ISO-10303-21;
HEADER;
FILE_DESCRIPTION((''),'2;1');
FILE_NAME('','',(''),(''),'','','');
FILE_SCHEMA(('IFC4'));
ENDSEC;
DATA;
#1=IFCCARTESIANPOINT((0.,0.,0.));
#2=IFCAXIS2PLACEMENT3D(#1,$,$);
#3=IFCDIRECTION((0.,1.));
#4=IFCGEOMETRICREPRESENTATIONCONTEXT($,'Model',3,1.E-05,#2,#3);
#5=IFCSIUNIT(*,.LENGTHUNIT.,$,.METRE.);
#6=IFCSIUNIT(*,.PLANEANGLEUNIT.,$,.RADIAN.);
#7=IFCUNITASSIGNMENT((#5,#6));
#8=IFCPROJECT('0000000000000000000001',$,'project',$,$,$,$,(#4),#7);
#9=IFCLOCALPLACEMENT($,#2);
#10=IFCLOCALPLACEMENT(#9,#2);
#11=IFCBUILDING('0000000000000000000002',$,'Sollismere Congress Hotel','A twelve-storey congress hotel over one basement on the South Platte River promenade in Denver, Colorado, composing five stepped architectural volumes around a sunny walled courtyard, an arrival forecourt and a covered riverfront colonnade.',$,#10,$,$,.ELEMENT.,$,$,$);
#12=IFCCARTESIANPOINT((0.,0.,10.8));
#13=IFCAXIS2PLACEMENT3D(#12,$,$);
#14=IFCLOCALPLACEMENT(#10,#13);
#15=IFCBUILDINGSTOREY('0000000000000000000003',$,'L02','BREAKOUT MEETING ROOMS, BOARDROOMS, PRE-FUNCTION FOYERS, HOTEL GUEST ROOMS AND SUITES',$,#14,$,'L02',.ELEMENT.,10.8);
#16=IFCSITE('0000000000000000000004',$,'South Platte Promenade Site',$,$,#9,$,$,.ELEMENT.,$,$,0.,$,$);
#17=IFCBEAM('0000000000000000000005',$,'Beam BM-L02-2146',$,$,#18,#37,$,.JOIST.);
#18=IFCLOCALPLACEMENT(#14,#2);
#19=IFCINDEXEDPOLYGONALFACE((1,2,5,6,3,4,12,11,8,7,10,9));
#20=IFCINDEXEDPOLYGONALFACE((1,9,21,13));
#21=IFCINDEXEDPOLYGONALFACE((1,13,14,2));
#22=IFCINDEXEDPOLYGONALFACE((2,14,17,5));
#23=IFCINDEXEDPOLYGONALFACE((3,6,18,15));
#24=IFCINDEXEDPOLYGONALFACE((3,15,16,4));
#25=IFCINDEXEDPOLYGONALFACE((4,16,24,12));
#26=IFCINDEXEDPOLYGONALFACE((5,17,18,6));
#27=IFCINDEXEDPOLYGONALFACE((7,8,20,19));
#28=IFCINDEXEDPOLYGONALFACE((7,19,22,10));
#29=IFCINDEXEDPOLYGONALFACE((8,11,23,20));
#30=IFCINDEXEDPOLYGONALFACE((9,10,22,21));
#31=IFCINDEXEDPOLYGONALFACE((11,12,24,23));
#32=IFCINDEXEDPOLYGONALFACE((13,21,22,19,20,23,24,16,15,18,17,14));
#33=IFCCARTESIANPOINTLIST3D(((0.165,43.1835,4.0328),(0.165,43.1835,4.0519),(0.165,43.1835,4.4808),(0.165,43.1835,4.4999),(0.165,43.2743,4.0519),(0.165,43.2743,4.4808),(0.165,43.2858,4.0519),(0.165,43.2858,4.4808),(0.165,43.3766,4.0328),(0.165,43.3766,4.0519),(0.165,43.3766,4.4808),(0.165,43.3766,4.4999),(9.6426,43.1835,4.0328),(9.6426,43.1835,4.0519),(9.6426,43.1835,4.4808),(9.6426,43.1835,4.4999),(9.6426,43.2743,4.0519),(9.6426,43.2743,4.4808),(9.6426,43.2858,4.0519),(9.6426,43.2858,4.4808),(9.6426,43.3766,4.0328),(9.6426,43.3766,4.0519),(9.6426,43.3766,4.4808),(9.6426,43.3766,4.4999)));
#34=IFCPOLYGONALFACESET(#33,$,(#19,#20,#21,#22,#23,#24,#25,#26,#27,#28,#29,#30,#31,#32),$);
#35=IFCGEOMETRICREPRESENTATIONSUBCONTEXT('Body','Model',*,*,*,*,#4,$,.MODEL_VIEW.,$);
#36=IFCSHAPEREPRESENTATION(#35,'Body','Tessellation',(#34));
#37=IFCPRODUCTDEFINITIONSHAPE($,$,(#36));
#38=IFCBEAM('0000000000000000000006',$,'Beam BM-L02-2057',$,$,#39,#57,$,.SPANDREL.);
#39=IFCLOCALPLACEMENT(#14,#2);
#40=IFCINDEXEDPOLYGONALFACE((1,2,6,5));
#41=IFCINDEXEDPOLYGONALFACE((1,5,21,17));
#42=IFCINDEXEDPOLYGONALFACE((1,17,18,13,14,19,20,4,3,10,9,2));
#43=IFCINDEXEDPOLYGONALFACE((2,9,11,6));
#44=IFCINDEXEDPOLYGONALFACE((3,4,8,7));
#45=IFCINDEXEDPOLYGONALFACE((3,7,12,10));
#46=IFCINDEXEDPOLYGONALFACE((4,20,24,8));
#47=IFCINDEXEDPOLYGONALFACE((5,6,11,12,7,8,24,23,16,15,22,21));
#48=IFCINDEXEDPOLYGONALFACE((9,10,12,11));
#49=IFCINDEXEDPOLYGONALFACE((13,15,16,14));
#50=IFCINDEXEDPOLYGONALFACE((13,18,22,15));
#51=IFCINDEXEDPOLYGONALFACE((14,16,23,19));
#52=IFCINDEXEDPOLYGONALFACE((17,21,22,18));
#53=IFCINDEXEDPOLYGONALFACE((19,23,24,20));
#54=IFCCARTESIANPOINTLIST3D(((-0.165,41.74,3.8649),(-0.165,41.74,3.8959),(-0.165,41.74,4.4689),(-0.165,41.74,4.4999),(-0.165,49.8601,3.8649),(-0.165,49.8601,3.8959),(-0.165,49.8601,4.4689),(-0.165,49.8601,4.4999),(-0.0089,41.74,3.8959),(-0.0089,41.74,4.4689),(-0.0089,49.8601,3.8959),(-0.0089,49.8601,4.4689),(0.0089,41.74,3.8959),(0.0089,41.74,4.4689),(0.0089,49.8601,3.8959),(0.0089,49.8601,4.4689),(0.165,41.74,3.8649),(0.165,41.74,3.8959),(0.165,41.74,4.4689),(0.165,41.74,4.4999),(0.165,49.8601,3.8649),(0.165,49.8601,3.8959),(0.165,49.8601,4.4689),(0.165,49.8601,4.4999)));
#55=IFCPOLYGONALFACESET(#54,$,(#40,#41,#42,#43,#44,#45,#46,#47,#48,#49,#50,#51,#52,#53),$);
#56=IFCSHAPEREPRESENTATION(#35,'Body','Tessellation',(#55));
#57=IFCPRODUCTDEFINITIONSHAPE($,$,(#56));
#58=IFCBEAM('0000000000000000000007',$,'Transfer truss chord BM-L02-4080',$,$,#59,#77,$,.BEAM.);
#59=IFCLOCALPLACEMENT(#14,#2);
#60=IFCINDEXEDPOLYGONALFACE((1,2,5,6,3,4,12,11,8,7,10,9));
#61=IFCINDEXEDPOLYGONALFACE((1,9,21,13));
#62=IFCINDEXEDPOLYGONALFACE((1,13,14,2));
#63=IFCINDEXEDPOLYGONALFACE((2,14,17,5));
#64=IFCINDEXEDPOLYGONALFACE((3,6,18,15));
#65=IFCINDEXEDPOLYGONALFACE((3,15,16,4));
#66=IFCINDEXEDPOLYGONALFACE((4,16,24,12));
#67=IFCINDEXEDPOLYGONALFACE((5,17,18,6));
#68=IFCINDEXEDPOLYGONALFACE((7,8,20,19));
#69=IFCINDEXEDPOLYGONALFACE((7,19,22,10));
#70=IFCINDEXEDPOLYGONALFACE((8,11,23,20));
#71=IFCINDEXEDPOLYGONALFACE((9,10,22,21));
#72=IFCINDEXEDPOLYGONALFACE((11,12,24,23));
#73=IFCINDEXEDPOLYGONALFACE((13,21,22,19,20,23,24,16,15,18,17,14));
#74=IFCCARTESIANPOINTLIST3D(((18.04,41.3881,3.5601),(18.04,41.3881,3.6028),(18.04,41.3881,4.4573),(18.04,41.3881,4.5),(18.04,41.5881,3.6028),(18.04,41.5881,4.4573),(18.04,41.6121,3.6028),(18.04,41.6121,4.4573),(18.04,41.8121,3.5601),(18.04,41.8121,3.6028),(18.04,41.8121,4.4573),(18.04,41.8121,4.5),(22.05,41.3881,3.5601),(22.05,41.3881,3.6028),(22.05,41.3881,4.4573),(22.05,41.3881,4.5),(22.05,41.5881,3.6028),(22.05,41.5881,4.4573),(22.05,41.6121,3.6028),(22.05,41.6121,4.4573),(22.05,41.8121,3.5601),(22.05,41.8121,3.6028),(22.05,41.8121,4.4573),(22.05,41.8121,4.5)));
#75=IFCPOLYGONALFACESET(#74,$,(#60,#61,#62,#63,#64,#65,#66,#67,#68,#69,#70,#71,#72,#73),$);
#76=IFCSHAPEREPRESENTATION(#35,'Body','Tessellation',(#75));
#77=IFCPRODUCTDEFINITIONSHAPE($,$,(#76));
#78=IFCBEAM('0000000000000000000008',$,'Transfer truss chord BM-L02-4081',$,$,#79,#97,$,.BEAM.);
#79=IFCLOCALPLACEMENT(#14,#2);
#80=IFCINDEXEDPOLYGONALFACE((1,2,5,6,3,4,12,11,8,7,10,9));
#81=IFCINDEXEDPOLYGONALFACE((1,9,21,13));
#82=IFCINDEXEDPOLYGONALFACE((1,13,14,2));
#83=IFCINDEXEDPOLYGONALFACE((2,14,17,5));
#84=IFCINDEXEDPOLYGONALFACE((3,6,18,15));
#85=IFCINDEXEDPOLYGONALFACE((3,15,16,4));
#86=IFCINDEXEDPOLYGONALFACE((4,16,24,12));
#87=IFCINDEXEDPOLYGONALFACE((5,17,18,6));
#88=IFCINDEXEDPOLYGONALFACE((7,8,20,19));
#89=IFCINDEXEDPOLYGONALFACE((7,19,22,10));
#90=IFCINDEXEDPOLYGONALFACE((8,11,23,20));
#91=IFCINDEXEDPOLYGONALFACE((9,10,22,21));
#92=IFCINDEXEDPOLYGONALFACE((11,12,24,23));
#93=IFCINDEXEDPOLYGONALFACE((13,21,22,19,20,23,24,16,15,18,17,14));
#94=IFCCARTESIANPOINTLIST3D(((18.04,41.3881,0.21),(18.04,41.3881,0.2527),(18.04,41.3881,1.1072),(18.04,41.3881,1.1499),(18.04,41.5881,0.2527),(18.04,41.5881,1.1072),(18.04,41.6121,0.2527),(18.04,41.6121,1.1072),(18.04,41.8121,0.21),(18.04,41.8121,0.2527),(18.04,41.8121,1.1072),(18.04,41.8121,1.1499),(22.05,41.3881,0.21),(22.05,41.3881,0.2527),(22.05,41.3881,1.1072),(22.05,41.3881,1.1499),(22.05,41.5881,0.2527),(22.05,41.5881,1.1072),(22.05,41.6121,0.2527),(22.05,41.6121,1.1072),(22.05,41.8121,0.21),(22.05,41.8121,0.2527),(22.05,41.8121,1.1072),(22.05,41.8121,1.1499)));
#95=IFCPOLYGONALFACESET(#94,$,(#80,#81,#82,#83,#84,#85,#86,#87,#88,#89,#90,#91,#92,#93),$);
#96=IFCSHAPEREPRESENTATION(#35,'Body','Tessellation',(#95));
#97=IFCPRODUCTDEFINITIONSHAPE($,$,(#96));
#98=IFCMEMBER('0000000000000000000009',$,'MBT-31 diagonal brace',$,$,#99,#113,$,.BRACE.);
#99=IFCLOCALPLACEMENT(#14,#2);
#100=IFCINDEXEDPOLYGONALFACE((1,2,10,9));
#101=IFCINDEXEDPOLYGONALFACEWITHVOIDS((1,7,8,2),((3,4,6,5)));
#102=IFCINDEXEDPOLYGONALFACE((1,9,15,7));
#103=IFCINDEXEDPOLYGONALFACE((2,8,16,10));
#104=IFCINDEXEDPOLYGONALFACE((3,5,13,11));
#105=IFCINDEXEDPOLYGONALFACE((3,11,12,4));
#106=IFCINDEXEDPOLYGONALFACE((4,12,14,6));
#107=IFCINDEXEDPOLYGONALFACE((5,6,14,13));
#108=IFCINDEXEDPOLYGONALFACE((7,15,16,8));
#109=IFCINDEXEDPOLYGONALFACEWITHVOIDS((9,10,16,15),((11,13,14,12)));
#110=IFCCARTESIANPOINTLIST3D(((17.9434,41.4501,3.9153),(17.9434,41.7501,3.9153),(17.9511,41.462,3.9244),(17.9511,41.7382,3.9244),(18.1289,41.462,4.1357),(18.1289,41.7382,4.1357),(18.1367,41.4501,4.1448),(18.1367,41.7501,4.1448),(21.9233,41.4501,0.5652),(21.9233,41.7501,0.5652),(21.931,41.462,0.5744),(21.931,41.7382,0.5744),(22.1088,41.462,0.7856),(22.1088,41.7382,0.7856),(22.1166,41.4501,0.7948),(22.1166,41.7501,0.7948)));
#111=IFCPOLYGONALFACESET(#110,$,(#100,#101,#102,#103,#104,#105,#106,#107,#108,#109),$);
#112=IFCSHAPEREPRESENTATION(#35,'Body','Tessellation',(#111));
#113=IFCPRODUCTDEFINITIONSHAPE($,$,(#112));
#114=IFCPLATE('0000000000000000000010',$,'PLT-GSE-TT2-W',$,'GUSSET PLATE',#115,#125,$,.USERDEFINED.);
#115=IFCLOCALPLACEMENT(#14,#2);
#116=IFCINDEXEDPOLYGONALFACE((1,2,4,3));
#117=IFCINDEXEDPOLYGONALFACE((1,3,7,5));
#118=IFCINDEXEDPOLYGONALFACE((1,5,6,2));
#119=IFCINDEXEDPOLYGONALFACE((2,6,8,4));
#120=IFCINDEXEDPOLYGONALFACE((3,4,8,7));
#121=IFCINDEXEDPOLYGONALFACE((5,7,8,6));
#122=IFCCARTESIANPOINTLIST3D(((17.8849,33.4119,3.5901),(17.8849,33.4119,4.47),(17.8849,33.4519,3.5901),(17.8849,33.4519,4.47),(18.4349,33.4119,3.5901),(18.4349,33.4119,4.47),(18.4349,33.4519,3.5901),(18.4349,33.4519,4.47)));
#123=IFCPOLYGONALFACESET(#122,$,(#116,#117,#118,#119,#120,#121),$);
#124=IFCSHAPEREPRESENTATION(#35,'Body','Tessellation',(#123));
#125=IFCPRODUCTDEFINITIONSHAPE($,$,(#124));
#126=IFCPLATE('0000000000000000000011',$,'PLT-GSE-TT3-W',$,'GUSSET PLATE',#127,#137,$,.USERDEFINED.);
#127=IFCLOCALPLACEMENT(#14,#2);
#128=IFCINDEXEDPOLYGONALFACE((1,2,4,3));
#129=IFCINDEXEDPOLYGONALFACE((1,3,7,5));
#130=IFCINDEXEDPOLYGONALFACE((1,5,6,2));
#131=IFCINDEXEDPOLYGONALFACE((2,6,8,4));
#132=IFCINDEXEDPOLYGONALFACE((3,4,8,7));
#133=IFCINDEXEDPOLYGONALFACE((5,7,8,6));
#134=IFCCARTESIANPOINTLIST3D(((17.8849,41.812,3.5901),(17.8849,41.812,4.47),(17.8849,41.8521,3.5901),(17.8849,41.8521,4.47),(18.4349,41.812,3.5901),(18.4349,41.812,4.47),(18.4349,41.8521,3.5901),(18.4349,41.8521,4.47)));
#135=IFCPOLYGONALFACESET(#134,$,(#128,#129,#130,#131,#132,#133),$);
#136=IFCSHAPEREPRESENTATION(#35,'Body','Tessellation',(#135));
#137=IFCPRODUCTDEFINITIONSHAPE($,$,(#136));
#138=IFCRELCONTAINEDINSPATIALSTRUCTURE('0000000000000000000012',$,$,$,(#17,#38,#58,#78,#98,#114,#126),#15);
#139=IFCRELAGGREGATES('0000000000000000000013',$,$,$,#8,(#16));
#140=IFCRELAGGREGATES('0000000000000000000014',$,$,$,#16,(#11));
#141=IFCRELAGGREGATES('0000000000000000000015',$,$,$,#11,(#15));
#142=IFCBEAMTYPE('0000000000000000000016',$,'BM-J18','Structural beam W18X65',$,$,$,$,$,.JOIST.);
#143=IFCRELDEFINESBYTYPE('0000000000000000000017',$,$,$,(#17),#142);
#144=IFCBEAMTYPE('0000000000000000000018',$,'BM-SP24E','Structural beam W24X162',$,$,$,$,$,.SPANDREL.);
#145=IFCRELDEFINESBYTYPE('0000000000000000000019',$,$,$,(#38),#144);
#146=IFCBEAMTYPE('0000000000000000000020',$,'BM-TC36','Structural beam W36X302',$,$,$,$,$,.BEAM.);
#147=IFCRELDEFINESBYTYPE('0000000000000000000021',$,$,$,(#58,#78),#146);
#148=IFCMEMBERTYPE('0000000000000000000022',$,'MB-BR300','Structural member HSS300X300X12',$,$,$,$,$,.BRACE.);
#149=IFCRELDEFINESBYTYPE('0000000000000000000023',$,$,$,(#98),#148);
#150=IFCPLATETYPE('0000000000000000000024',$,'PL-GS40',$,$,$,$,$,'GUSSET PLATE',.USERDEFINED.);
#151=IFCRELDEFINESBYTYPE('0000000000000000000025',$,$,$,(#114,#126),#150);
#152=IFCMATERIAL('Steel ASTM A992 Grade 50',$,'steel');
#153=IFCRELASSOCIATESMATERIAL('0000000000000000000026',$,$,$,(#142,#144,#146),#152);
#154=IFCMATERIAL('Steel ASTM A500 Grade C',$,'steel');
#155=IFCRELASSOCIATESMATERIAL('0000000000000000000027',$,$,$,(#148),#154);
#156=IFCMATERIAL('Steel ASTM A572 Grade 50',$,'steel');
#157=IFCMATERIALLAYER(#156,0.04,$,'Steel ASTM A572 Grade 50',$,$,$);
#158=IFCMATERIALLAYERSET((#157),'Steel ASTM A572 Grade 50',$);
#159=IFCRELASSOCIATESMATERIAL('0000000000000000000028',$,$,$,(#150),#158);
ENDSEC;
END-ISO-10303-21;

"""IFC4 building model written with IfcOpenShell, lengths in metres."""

from ifc_helpers import new_model, si_unit, direction, frame, origin, origin_2d, place, context, subcontext, project, spatial, rectangle, hollow_rectangle, i_section, extrude, material, layer, layer_set, material_profile, profile_set, type_object, element, save


model = new_model("IFC4")

# Units and contexts
model_context = context("Model", 3, precision=1e-05, world=origin(), true_north=direction((0.0, 1.0)))
body_context = subcontext(model_context, "Body", "Model", "MODEL_VIEW")
ifc_project = project(units=[si_unit("LENGTHUNIT", "METRE"), si_unit("PLANEANGLEUNIT", "RADIAN")], contexts=[model_context])

# Site, building, storey
site_placement = place(None, origin())
site = spatial("IfcSite", under=ifc_project, at=site_placement, Name="South Platte Promenade Site", CompositionType="ELEMENT", RefElevation=0.0)
building_placement = place(site_placement, origin())
building = spatial("IfcBuilding", under=site, at=building_placement, Name="Sollismere Congress Hotel", Description="A twelve-storey congress hotel over one basement on the South Platte River promenade in Denver, Colorado, composing five stepped architectural volumes around a sunny walled courtyard, an arrival forecourt and a covered riverfront colonnade.", CompositionType="ELEMENT")
storey_placement = place(building_placement, frame((0.0, 0.0, 10.8)))
storey = spatial("IfcBuildingStorey", under=building, at=storey_placement, Name="L02", Description="BREAKOUT MEETING ROOMS, BOARDROOMS, PRE-FUNCTION FOYERS, HOTEL GUEST ROOMS AND SUITES", LongName="L02", CompositionType="ELEMENT", Elevation=10.8)

# Shared definitions
ifc_material_1 = material(Name="Steel ASTM A992 Grade 50", Category="steel")

# Beams
ifc_material_profile_1 = material_profile(ifc_material_1, i_section(OverallWidth=0.1931, OverallDepth=0.467, WebThickness=0.0115, FlangeThickness=0.019, at=origin_2d()), Name="W18X65")
ifc_profile_set_1 = profile_set([ifc_material_profile_1], Name="Steel ASTM A992 Grade 50")
beam_type_1 = type_object("IfcBeamType", Name="BM-J18", Description="Structural beam W18X65", PredefinedType="JOIST", material=ifc_profile_set_1)
for number, where, z_axis, x_axis, name in (
    (1, (0.165, 43.28, 4.2664), (1.0, 0.0, 0.0), (0.0, 1.0, 0.0), "Beam BM-L02-2146"),
):
    element("IfcBeam", number, at=place(storey_placement, frame(where, z_axis=z_axis, x_axis=x_axis)), inside=storey, type_object=beam_type_1, Name=name, PredefinedType="JOIST", context=body_context, shape_type="SweptSolid", body=[
        extrude(i_section(OverallWidth=0.1931, OverallDepth=0.467, WebThickness=0.0115, FlangeThickness=0.019, at=origin_2d()), origin(), (0.0, 0.0, 1.0), 9.4775),
    ])
ifc_material_profile_2 = material_profile(ifc_material_1, i_section(OverallWidth=0.3301, OverallDepth=0.635, WebThickness=0.0178, FlangeThickness=0.031, at=origin_2d()), Name="W24X162")
ifc_profile_set_2 = profile_set([ifc_material_profile_2], Name="Steel ASTM A992 Grade 50")
beam_type_2 = type_object("IfcBeamType", Name="BM-SP24E", Description="Structural beam W24X162", PredefinedType="SPANDREL", material=ifc_profile_set_2)
beam_1_placement = place(storey_placement, frame((0.0, 41.74, 4.1824), z_axis=(0.0, 1.0, 0.0), x_axis=(-1.0, 0.0, 0.0)))
element("IfcBeam", 2, at=beam_1_placement, inside=storey, type_object=beam_type_2, Name="Beam BM-L02-2057", PredefinedType="SPANDREL", context=body_context, shape_type="SweptSolid", body=[
    extrude(i_section(OverallWidth=0.3301, OverallDepth=0.635, WebThickness=0.0178, FlangeThickness=0.031, at=origin_2d()), origin(), (0.0, 0.0, 1.0), 8.1201),
])
ifc_material_profile_3 = material_profile(ifc_material_1, i_section(OverallWidth=0.4241, OverallDepth=0.9399, WebThickness=0.0239, FlangeThickness=0.0427, at=origin_2d()), Name="W36X302")
ifc_profile_set_3 = profile_set([ifc_material_profile_3], Name="Steel ASTM A992 Grade 50")
beam_type_3 = type_object("IfcBeamType", Name="BM-TC36", Description="Structural beam W36X302", PredefinedType="BEAM", material=ifc_profile_set_3)
for number, where, z_axis, x_axis, name in (
    (3, (18.04, 41.6001, 4.03), (1.0, 0.0, 0.0), (0.0, 1.0, 0.0), "Transfer truss chord BM-L02-4080"),
    (4, (18.04, 41.6001, 0.6799), (1.0, 0.0, 0.0), (0.0, 1.0, 0.0), "Transfer truss chord BM-L02-4081"),
):
    element("IfcBeam", number, at=place(storey_placement, frame(where, z_axis=z_axis, x_axis=x_axis)), inside=storey, type_object=beam_type_3, Name=name, PredefinedType="BEAM", context=body_context, shape_type="SweptSolid", body=[
        extrude(i_section(OverallWidth=0.4241, OverallDepth=0.9399, WebThickness=0.0239, FlangeThickness=0.0427, at=origin_2d()), origin(), (0.0, 0.0, 1.0), 4.01),
    ])

# Member
ifc_material_2 = material(Name="Steel ASTM A500 Grade C", Category="steel")
ifc_material_profile_4 = material_profile(ifc_material_2, hollow_rectangle(XDim=0.3, YDim=0.3, WallThickness=0.012, at=origin_2d()), Name="HSS300X300X12")
ifc_profile_set_4 = profile_set([ifc_material_profile_4], Name="Steel ASTM A500 Grade C")
member_type = type_object("IfcMemberType", Name="MB-BR300", Description="Structural member HSS300X300X12", PredefinedType="BRACE", material=ifc_profile_set_4)
member_placement = place(storey_placement, frame((18.04, 41.6001, 4.03), z_axis=(0.76505, 0.0, -0.643971), x_axis=(0.0, 1.0, 0.0)))
element("IfcMember", 5, at=member_placement, inside=storey, type_object=member_type, Name="MBT-31 diagonal brace", PredefinedType="BRACE", context=body_context, shape_type="SweptSolid", body=[
    extrude(hollow_rectangle(XDim=0.3, YDim=0.3, WallThickness=0.012, at=origin_2d()), origin(), (0.0, 0.0, 1.0), 5.2021),
])

# Plates
ifc_material_3 = material(Name="Steel ASTM A572 Grade 50", Category="steel")
ifc_layer_1 = layer(ifc_material_3, 0.04, Name="Steel ASTM A572 Grade 50")
ifc_layer_set_1 = layer_set([ifc_layer_1], Name="Steel ASTM A572 Grade 50")
plate_type = type_object("IfcPlateType", Name="PL-GS40", ElementType="GUSSET PLATE", PredefinedType="USERDEFINED", material=ifc_layer_set_1)
for number, where, z_axis, x_axis, name in (
    (6, (18.1599, 33.4319, 3.5901), (0.0, 0.0, 1.0), (1.0, 0.0, 0.0), "PLT-GSE-TT2-W"),
    (7, (18.1599, 41.832, 3.5901), (0.0, 0.0, 1.0), (1.0, 0.0, 0.0), "PLT-GSE-TT3-W"),
):
    element("IfcPlate", number, at=place(storey_placement, frame(where, z_axis=z_axis, x_axis=x_axis)), inside=storey, type_object=plate_type, Name=name, ObjectType="GUSSET PLATE", PredefinedType="USERDEFINED", context=body_context, shape_type="SweptSolid", body=[
        extrude(rectangle(XDim=0.55, YDim=0.04, at=origin_2d()), origin(), (0.0, 0.0, 1.0), 0.8799),
    ])

save(model, "model.ifc")
